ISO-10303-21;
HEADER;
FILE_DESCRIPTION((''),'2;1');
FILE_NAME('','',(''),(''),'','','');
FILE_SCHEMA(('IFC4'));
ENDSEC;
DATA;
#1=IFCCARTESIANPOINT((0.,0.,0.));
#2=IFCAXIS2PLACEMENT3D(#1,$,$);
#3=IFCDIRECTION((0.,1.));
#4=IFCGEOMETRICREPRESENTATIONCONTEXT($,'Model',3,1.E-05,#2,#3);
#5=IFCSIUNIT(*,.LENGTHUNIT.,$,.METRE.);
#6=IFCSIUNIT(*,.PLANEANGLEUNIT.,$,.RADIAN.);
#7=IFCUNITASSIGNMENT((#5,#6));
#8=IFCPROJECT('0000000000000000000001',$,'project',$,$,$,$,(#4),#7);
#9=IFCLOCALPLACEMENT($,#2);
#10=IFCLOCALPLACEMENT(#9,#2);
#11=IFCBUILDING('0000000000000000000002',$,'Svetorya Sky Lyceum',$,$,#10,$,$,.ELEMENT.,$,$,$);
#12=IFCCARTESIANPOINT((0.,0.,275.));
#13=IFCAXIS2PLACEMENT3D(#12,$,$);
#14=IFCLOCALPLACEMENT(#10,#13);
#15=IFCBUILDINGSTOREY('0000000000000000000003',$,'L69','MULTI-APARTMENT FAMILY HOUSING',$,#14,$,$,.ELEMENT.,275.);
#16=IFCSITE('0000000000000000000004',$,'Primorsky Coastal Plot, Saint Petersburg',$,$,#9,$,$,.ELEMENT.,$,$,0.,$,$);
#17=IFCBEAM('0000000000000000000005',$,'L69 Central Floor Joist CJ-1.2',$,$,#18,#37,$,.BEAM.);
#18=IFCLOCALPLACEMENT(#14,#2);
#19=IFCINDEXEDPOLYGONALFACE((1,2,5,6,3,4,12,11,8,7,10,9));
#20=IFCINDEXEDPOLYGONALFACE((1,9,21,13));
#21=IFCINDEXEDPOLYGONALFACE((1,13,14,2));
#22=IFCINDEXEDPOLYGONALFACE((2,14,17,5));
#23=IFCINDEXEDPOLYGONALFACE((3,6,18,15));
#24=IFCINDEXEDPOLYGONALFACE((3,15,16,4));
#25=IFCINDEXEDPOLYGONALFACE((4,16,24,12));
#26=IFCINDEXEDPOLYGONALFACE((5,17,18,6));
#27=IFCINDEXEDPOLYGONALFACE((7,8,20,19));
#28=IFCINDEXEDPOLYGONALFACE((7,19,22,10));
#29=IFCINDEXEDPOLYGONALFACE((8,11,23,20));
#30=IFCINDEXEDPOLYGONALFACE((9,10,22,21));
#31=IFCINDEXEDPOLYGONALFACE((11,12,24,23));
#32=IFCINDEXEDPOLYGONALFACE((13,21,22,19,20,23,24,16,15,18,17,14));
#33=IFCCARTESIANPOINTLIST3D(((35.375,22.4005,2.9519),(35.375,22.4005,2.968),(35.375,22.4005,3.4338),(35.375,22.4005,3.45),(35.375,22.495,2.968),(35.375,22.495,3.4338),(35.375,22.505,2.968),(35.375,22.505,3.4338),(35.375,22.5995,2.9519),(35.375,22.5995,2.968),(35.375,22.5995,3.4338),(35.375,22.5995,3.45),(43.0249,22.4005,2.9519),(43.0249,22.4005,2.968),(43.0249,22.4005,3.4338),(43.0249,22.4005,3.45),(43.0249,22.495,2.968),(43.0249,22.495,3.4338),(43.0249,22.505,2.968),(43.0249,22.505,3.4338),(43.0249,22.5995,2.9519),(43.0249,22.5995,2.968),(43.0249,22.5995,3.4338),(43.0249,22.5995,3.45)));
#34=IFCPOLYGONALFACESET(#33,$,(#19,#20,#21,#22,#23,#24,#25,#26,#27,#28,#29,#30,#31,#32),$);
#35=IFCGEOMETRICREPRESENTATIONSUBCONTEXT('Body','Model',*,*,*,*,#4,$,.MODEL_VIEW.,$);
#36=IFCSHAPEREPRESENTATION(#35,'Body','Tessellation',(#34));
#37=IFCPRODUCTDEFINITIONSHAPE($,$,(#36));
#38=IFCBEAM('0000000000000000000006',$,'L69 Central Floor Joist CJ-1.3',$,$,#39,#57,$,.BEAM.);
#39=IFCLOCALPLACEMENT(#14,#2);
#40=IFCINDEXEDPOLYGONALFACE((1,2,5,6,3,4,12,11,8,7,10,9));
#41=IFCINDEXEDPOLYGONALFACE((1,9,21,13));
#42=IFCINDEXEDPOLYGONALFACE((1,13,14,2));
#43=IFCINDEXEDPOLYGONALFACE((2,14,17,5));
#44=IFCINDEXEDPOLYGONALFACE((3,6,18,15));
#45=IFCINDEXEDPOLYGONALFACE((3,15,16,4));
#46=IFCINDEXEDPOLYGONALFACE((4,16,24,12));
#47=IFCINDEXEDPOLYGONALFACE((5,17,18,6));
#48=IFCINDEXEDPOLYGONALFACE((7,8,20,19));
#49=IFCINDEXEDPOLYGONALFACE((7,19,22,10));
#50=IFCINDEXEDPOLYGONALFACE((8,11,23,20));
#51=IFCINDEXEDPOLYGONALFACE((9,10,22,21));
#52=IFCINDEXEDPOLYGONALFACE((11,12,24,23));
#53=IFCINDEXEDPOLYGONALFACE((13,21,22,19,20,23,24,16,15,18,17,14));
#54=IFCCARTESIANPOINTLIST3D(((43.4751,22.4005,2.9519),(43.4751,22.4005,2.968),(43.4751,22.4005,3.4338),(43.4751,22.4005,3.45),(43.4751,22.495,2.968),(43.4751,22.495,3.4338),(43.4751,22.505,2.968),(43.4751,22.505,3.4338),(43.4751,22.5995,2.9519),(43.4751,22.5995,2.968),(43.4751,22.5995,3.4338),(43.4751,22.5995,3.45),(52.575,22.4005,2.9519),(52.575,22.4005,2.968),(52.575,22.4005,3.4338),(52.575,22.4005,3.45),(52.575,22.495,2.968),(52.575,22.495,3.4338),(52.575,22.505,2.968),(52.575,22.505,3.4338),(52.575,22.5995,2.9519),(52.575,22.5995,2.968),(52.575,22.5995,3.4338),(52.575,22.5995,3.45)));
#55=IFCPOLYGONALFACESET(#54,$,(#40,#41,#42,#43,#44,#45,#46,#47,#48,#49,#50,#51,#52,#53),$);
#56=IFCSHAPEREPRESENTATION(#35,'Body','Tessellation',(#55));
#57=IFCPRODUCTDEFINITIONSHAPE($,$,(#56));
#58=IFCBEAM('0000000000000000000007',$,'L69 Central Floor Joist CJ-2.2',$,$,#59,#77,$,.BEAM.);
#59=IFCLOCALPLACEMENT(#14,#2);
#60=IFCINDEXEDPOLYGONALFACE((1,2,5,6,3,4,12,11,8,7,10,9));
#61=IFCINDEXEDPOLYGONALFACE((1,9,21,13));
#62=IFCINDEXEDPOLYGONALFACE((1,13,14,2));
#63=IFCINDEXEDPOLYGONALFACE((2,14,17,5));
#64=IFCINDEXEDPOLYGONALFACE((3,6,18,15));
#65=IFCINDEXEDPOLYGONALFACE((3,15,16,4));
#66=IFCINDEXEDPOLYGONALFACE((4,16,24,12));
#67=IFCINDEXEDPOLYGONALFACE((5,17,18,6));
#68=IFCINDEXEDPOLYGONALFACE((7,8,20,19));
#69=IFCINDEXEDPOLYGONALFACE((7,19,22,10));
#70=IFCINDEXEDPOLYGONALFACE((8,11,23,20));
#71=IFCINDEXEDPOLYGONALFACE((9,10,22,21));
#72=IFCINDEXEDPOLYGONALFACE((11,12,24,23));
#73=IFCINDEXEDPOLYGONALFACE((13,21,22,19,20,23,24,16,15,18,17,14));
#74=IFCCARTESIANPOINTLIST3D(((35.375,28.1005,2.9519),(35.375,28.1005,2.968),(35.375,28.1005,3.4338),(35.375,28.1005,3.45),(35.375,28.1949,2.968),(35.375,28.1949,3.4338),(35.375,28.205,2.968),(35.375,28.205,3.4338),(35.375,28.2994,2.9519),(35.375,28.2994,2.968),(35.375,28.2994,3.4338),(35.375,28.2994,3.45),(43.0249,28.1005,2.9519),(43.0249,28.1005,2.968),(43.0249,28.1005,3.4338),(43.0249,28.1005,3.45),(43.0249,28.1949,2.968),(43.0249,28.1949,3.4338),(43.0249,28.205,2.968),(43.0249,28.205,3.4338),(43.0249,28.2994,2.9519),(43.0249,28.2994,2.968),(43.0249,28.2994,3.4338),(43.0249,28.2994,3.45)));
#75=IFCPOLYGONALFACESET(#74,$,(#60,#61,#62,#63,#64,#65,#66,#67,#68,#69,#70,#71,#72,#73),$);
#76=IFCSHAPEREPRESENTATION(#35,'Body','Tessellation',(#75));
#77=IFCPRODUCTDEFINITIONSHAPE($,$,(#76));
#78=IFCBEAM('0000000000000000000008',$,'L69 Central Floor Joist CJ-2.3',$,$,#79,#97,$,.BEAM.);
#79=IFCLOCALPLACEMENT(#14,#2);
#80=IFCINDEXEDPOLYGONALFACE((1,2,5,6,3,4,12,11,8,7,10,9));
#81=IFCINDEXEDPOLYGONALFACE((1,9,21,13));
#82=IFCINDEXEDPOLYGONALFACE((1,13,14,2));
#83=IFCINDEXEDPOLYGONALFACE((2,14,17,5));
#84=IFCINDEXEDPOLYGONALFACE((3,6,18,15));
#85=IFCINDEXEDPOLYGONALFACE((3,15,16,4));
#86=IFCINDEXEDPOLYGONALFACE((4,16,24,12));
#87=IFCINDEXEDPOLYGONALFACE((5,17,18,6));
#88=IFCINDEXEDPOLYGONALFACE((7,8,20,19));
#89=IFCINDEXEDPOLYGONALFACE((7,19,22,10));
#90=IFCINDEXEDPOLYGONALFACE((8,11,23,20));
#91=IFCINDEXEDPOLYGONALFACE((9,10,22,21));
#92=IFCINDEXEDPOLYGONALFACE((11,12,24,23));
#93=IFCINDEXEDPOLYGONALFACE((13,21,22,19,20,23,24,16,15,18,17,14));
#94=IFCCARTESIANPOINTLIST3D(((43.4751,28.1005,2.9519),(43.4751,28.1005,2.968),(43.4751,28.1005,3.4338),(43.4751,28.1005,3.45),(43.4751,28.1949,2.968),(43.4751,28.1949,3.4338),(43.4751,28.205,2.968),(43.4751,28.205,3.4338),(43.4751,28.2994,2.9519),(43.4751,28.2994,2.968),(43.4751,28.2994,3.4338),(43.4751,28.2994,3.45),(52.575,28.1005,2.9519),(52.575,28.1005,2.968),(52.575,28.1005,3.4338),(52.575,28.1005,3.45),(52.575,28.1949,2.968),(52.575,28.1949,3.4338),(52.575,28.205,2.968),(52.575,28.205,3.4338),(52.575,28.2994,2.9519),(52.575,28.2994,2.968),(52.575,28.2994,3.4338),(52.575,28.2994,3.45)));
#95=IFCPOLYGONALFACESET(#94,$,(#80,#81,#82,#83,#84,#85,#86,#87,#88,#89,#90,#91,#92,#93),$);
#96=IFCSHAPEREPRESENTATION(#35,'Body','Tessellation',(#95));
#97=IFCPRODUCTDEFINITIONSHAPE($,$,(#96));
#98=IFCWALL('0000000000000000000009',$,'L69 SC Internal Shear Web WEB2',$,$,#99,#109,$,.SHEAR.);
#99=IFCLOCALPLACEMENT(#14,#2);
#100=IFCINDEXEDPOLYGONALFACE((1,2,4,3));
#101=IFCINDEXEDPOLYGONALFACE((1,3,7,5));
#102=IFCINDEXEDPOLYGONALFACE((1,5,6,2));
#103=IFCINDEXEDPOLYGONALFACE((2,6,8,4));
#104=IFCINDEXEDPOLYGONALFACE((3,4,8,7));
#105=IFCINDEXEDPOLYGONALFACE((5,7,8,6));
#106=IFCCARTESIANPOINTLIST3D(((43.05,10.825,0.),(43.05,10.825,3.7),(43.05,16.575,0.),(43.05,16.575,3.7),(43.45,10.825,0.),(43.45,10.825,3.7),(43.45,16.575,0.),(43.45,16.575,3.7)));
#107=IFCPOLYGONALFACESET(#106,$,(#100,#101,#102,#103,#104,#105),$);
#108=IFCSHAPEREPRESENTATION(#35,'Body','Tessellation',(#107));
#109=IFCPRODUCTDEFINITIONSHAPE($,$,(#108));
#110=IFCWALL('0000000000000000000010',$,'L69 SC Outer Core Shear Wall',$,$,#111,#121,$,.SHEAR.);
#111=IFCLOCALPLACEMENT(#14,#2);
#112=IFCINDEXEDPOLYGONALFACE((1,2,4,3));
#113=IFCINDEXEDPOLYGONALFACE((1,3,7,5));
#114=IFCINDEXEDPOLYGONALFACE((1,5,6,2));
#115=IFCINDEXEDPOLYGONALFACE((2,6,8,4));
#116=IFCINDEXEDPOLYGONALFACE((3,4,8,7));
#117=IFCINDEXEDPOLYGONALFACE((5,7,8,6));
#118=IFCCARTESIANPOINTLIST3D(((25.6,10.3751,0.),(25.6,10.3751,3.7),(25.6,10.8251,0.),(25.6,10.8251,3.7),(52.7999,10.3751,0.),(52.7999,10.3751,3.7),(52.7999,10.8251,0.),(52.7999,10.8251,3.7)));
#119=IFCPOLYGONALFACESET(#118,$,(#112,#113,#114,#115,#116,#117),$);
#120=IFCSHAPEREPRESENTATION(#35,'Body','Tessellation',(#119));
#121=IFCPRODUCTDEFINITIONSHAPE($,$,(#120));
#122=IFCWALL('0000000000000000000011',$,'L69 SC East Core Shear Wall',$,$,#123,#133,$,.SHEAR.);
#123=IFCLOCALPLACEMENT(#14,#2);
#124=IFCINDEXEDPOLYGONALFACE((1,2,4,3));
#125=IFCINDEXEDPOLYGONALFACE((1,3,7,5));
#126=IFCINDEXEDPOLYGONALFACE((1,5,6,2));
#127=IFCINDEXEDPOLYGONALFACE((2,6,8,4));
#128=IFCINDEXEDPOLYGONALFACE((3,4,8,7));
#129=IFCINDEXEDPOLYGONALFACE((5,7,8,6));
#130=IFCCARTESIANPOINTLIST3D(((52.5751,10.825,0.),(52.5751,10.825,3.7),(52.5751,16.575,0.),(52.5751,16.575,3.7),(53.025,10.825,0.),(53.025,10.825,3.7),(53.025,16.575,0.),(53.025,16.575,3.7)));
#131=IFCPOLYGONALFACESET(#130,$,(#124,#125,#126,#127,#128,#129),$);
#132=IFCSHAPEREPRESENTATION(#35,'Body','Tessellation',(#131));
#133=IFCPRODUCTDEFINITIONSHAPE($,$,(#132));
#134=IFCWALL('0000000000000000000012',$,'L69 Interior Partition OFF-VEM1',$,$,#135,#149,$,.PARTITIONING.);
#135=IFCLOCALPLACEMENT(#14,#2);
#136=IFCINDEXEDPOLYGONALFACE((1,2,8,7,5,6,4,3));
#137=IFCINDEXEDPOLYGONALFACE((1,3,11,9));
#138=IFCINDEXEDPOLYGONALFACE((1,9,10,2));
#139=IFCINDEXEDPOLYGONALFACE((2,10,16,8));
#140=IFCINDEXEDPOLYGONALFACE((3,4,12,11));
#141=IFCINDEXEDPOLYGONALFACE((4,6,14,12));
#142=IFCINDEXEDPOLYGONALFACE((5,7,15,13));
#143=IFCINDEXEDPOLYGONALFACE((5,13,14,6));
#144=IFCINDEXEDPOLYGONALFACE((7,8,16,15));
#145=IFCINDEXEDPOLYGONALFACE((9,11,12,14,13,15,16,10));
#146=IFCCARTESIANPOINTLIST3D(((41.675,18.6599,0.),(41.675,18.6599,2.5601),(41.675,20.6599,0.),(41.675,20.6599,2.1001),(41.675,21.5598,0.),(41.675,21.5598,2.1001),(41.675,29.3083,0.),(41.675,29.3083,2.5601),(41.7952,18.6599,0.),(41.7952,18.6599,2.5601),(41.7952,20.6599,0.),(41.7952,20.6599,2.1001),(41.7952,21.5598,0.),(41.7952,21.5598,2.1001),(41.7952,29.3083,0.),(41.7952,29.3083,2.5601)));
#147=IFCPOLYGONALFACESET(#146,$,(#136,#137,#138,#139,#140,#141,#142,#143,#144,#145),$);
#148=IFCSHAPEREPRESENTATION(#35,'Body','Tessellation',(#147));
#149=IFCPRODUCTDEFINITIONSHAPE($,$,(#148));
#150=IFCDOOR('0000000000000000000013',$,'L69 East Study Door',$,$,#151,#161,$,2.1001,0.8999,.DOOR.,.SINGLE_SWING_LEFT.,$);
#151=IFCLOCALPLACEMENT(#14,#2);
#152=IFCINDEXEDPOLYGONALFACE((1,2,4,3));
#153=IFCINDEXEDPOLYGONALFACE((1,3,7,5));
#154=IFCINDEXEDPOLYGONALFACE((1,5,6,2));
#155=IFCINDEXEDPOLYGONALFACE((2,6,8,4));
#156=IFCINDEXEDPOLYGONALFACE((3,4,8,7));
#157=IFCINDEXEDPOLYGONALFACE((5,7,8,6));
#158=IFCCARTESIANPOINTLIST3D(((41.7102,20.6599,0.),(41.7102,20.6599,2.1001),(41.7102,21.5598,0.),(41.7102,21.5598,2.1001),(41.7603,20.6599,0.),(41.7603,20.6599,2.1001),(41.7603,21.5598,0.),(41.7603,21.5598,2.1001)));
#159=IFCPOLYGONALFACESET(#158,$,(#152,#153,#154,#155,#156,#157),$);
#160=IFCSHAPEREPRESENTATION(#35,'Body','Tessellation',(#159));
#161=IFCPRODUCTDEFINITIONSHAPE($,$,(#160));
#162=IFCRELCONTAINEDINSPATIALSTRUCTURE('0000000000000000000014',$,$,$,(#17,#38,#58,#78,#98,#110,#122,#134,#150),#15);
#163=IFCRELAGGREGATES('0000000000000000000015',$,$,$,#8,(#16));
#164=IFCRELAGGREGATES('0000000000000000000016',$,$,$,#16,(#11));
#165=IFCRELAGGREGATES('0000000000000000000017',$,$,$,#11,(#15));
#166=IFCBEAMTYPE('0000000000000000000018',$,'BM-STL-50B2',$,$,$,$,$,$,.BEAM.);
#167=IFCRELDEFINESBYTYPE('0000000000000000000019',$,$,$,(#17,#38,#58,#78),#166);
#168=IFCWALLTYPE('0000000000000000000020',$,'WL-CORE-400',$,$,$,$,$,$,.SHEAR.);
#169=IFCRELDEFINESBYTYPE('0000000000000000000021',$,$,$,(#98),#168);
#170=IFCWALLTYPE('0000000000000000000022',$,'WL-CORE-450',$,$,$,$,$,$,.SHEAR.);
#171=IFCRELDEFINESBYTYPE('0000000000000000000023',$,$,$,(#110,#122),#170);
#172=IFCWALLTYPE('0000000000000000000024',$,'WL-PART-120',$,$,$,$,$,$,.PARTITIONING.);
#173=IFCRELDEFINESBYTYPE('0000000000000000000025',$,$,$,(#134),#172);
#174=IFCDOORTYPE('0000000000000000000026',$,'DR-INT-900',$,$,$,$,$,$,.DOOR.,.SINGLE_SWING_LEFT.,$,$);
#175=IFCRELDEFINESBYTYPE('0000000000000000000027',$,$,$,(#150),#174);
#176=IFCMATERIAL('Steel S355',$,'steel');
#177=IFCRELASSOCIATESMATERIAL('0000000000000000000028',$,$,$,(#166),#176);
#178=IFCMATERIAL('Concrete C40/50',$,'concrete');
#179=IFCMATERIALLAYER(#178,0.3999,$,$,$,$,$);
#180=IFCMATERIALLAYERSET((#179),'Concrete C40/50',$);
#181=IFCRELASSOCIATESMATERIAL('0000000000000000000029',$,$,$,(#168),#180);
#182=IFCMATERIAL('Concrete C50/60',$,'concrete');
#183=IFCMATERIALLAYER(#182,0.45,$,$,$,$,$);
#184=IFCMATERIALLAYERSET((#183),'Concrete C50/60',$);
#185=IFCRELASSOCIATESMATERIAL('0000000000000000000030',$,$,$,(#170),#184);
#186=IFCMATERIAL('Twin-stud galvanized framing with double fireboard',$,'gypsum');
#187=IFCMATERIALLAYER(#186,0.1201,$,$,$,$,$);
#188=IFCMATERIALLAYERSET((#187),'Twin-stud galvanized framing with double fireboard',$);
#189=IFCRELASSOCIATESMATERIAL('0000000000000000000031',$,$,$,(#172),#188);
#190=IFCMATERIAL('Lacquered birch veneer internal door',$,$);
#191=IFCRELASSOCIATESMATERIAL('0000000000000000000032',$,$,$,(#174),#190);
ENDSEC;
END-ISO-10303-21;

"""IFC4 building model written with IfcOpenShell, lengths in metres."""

from ifc_helpers import new_model, si_unit, direction, frame, frame_2d, origin, origin_2d, place, context, subcontext, project, spatial, rectangle, i_section, extrude, material, layer, layer_set, material_profile, profile_set, type_object, element, fill, save


model = new_model("IFC4")

# Units and contexts
model_context = context("Model", 3, precision=1e-05, world=origin(), true_north=direction((0.0, 1.0)))
body_context = subcontext(model_context, "Body", "Model", "MODEL_VIEW")
ifc_project = project(units=[si_unit("LENGTHUNIT", "METRE"), si_unit("PLANEANGLEUNIT", "RADIAN")], contexts=[model_context])

# Site, building, storey
site_placement = place(None, origin())
site = spatial("IfcSite", under=ifc_project, at=site_placement, Name="Primorsky Coastal Plot, Saint Petersburg", CompositionType="ELEMENT", RefElevation=0.0)
building_placement = place(site_placement, origin())
building = spatial("IfcBuilding", under=site, at=building_placement, Name="Svetorya Sky Lyceum", CompositionType="ELEMENT")
storey_placement = place(building_placement, frame((0.0, 0.0, 275.0)))
storey = spatial("IfcBuildingStorey", under=building, at=storey_placement, Name="L69", Description="MULTI-APARTMENT FAMILY HOUSING", CompositionType="ELEMENT", Elevation=275.0)

# Shared definitions
ifc_material_1 = material(Name="Concrete C40/50", Category="concrete")

# Beams
ifc_material_2 = material(Name="Concrete C50/60", Category="concrete")
ifc_material_3 = material(Name="Steel S355", Category="steel")
ifc_material_profile_1 = material_profile(ifc_material_3, i_section(OverallWidth=0.199, OverallDepth=0.498, WebThickness=0.01, FlangeThickness=0.0161, at=origin_2d()), Name="GOST 50B2")
ifc_profile_set_1 = profile_set([ifc_material_profile_1], Name="Steel S355")
beam_type_1 = type_object("IfcBeamType", Name="BM-STL-50B2", PredefinedType="BEAM", material=ifc_profile_set_1)
beam_1_placement = place(storey_placement, frame((35.375, 22.5, 3.2009), z_axis=(1.0, 0.0, 0.0), x_axis=(0.0, 1.0, 0.0)))
element("IfcBeam", 1, at=beam_1_placement, inside=storey, type_object=beam_type_1, Name="L69 Central Floor Joist CJ-1.2", PredefinedType="BEAM", context=body_context, shape_type="SweptSolid", body=[
    extrude(i_section(OverallWidth=0.199, OverallDepth=0.498, WebThickness=0.01, FlangeThickness=0.0161, at=origin_2d()), origin(), (0.0, 0.0, 1.0), 7.6499),
])
beam_2_placement = place(storey_placement, frame((43.4751, 22.5, 3.2009), z_axis=(1.0, 0.0, 0.0), x_axis=(0.0, 1.0, 0.0)))
element("IfcBeam", 2, at=beam_2_placement, inside=storey, type_object=beam_type_1, Name="L69 Central Floor Joist CJ-1.3", PredefinedType="BEAM", context=body_context, shape_type="SweptSolid", body=[
    extrude(i_section(OverallWidth=0.199, OverallDepth=0.498, WebThickness=0.01, FlangeThickness=0.0161, at=origin_2d()), origin(), (0.0, 0.0, 1.0), 9.0999),
])
beam_3_placement = place(storey_placement, frame((35.375, 28.2, 3.2009), z_axis=(1.0, 0.0, 0.0), x_axis=(0.0, 1.0, 0.0)))
element("IfcBeam", 3, at=beam_3_placement, inside=storey, type_object=beam_type_1, Name="L69 Central Floor Joist CJ-2.2", PredefinedType="BEAM", context=body_context, shape_type="SweptSolid", body=[
    extrude(i_section(OverallWidth=0.199, OverallDepth=0.498, WebThickness=0.01, FlangeThickness=0.0161, at=origin_2d()), origin(), (0.0, 0.0, 1.0), 7.6499),
])
beam_4_placement = place(storey_placement, frame((43.4751, 28.2, 3.2009), z_axis=(1.0, 0.0, 0.0), x_axis=(0.0, 1.0, 0.0)))
element("IfcBeam", 4, at=beam_4_placement, inside=storey, type_object=beam_type_1, Name="L69 Central Floor Joist CJ-2.3", PredefinedType="BEAM", context=body_context, shape_type="SweptSolid", body=[
    extrude(i_section(OverallWidth=0.199, OverallDepth=0.498, WebThickness=0.01, FlangeThickness=0.0161, at=origin_2d()), origin(), (0.0, 0.0, 1.0), 9.0999),
])

# Walls
ifc_layer_1 = layer(ifc_material_1, 0.3999)
ifc_layer_set_1 = layer_set([ifc_layer_1], Name="Concrete C40/50")
wall_type_1 = type_object("IfcWallType", Name="WL-CORE-400", PredefinedType="SHEAR", material=ifc_layer_set_1)
wall_1_placement = place(storey_placement, frame((43.25, 10.825, 0.0), z_axis=(0.0, 0.0, 1.0), x_axis=(0.0, 1.0, 0.0)))
element("IfcWall", 5, at=wall_1_placement, inside=storey, type_object=wall_type_1, Name="L69 SC Internal Shear Web WEB2", PredefinedType="SHEAR", context=body_context, shape_type="SweptSolid", body=[
    extrude(rectangle(XDim=5.75, YDim=0.3999, at=frame_2d((2.875, 0.0))), origin(), (0.0, 0.0, 1.0), 3.7),
])
ifc_layer_2 = layer(ifc_material_2, 0.45)
ifc_layer_set_2 = layer_set([ifc_layer_2], Name="Concrete C50/60")
wall_type_2 = type_object("IfcWallType", Name="WL-CORE-450", PredefinedType="SHEAR", material=ifc_layer_set_2)
wall_2_placement = place(storey_placement, frame((52.8, 10.6001, 0.0), z_axis=(0.0, 0.0, 1.0), x_axis=(-1.0, 0.0, 0.0)))
element("IfcWall", 6, at=wall_2_placement, inside=storey, type_object=wall_type_2, Name="L69 SC Outer Core Shear Wall", PredefinedType="SHEAR", context=body_context, shape_type="SweptSolid", body=[
    extrude(rectangle(XDim=27.2, YDim=0.45, at=frame_2d((13.6001, 0.0))), origin(), (0.0, 0.0, 1.0), 3.7),
])
wall_3_placement = place(storey_placement, frame((52.8, 10.825, 0.0), z_axis=(0.0, 0.0, 1.0), x_axis=(0.0, 1.0, 0.0)))
element("IfcWall", 7, at=wall_3_placement, inside=storey, type_object=wall_type_2, Name="L69 SC East Core Shear Wall", PredefinedType="SHEAR", context=body_context, shape_type="SweptSolid", body=[
    extrude(rectangle(XDim=5.75, YDim=0.45, at=frame_2d((2.875, 0.0))), origin(), (0.0, 0.0, 1.0), 3.7),
])

# Wall, opening, door
ifc_material_4 = material(Name="Twin-stud galvanized framing with double fireboard", Category="gypsum")
ifc_layer_3 = layer(ifc_material_4, 0.1201)
ifc_layer_set_3 = layer_set([ifc_layer_3], Name="Twin-stud galvanized framing with double fireboard")
wall_type_3 = type_object("IfcWallType", Name="WL-PART-120", PredefinedType="PARTITIONING", material=ifc_layer_set_3)
wall_4_placement = place(storey_placement, frame((41.7351, 18.6599, 0.0), z_axis=(0.0, 0.0, 1.0), x_axis=(0.0, 1.0, 0.0)))
wall_4 = element("IfcWall", 8, at=wall_4_placement, inside=storey, type_object=wall_type_3, Name="L69 Interior Partition OFF-VEM1", PredefinedType="PARTITIONING", context=body_context, shape_type="SweptSolid", body=[
    extrude(rectangle(XDim=10.6484, YDim=0.1201, at=frame_2d((5.3242, 0.0))), origin(), (0.0, 0.0, 1.0), 2.5601),
])
opening_1_placement = place(wall_4_placement, frame((2.0, 0.0, 0.0)))
opening_1 = element("IfcOpeningElement", 9, at=opening_1_placement, cuts=wall_4, PredefinedType="OPENING", context=body_context, shape_type="SweptSolid", body=[
    extrude(rectangle(XDim=0.8999, YDim=2.1001, at=frame_2d((0.45, 1.05))), frame((0.0, 0.0701, 0.0), z_axis=(0.0, -1.0, 0.0), x_axis=(1.0, 0.0, 0.0)), (0.0, 0.0, 1.0), 0.1401),
])
ifc_material_5 = material(Name="Lacquered birch veneer internal door")
door_type_1 = type_object("IfcDoorType", Name="DR-INT-900", OperationType="SINGLE_SWING_LEFT", PredefinedType="DOOR", material=ifc_material_5)
door_1_placement = place(opening_1_placement, origin())
door_1 = element("IfcDoor", 10, at=door_1_placement, inside=storey, type_object=door_type_1, Name="L69 East Study Door", OperationType="SINGLE_SWING_LEFT", OverallHeight=2.1001, OverallWidth=0.8999, PredefinedType="DOOR", context=body_context, shape_type="SweptSolid", body=[
    extrude(rectangle(XDim=0.8999, YDim=2.1001, at=frame_2d((0.45, 1.05))), frame((0.0, 0.0249, 0.0), z_axis=(0.0, -1.0, 0.0), x_axis=(1.0, 0.0, 0.0)), (0.0, 0.0, 1.0), 0.05),
])
fill(opening_1, door_1)

save(model, "model.ifc")
